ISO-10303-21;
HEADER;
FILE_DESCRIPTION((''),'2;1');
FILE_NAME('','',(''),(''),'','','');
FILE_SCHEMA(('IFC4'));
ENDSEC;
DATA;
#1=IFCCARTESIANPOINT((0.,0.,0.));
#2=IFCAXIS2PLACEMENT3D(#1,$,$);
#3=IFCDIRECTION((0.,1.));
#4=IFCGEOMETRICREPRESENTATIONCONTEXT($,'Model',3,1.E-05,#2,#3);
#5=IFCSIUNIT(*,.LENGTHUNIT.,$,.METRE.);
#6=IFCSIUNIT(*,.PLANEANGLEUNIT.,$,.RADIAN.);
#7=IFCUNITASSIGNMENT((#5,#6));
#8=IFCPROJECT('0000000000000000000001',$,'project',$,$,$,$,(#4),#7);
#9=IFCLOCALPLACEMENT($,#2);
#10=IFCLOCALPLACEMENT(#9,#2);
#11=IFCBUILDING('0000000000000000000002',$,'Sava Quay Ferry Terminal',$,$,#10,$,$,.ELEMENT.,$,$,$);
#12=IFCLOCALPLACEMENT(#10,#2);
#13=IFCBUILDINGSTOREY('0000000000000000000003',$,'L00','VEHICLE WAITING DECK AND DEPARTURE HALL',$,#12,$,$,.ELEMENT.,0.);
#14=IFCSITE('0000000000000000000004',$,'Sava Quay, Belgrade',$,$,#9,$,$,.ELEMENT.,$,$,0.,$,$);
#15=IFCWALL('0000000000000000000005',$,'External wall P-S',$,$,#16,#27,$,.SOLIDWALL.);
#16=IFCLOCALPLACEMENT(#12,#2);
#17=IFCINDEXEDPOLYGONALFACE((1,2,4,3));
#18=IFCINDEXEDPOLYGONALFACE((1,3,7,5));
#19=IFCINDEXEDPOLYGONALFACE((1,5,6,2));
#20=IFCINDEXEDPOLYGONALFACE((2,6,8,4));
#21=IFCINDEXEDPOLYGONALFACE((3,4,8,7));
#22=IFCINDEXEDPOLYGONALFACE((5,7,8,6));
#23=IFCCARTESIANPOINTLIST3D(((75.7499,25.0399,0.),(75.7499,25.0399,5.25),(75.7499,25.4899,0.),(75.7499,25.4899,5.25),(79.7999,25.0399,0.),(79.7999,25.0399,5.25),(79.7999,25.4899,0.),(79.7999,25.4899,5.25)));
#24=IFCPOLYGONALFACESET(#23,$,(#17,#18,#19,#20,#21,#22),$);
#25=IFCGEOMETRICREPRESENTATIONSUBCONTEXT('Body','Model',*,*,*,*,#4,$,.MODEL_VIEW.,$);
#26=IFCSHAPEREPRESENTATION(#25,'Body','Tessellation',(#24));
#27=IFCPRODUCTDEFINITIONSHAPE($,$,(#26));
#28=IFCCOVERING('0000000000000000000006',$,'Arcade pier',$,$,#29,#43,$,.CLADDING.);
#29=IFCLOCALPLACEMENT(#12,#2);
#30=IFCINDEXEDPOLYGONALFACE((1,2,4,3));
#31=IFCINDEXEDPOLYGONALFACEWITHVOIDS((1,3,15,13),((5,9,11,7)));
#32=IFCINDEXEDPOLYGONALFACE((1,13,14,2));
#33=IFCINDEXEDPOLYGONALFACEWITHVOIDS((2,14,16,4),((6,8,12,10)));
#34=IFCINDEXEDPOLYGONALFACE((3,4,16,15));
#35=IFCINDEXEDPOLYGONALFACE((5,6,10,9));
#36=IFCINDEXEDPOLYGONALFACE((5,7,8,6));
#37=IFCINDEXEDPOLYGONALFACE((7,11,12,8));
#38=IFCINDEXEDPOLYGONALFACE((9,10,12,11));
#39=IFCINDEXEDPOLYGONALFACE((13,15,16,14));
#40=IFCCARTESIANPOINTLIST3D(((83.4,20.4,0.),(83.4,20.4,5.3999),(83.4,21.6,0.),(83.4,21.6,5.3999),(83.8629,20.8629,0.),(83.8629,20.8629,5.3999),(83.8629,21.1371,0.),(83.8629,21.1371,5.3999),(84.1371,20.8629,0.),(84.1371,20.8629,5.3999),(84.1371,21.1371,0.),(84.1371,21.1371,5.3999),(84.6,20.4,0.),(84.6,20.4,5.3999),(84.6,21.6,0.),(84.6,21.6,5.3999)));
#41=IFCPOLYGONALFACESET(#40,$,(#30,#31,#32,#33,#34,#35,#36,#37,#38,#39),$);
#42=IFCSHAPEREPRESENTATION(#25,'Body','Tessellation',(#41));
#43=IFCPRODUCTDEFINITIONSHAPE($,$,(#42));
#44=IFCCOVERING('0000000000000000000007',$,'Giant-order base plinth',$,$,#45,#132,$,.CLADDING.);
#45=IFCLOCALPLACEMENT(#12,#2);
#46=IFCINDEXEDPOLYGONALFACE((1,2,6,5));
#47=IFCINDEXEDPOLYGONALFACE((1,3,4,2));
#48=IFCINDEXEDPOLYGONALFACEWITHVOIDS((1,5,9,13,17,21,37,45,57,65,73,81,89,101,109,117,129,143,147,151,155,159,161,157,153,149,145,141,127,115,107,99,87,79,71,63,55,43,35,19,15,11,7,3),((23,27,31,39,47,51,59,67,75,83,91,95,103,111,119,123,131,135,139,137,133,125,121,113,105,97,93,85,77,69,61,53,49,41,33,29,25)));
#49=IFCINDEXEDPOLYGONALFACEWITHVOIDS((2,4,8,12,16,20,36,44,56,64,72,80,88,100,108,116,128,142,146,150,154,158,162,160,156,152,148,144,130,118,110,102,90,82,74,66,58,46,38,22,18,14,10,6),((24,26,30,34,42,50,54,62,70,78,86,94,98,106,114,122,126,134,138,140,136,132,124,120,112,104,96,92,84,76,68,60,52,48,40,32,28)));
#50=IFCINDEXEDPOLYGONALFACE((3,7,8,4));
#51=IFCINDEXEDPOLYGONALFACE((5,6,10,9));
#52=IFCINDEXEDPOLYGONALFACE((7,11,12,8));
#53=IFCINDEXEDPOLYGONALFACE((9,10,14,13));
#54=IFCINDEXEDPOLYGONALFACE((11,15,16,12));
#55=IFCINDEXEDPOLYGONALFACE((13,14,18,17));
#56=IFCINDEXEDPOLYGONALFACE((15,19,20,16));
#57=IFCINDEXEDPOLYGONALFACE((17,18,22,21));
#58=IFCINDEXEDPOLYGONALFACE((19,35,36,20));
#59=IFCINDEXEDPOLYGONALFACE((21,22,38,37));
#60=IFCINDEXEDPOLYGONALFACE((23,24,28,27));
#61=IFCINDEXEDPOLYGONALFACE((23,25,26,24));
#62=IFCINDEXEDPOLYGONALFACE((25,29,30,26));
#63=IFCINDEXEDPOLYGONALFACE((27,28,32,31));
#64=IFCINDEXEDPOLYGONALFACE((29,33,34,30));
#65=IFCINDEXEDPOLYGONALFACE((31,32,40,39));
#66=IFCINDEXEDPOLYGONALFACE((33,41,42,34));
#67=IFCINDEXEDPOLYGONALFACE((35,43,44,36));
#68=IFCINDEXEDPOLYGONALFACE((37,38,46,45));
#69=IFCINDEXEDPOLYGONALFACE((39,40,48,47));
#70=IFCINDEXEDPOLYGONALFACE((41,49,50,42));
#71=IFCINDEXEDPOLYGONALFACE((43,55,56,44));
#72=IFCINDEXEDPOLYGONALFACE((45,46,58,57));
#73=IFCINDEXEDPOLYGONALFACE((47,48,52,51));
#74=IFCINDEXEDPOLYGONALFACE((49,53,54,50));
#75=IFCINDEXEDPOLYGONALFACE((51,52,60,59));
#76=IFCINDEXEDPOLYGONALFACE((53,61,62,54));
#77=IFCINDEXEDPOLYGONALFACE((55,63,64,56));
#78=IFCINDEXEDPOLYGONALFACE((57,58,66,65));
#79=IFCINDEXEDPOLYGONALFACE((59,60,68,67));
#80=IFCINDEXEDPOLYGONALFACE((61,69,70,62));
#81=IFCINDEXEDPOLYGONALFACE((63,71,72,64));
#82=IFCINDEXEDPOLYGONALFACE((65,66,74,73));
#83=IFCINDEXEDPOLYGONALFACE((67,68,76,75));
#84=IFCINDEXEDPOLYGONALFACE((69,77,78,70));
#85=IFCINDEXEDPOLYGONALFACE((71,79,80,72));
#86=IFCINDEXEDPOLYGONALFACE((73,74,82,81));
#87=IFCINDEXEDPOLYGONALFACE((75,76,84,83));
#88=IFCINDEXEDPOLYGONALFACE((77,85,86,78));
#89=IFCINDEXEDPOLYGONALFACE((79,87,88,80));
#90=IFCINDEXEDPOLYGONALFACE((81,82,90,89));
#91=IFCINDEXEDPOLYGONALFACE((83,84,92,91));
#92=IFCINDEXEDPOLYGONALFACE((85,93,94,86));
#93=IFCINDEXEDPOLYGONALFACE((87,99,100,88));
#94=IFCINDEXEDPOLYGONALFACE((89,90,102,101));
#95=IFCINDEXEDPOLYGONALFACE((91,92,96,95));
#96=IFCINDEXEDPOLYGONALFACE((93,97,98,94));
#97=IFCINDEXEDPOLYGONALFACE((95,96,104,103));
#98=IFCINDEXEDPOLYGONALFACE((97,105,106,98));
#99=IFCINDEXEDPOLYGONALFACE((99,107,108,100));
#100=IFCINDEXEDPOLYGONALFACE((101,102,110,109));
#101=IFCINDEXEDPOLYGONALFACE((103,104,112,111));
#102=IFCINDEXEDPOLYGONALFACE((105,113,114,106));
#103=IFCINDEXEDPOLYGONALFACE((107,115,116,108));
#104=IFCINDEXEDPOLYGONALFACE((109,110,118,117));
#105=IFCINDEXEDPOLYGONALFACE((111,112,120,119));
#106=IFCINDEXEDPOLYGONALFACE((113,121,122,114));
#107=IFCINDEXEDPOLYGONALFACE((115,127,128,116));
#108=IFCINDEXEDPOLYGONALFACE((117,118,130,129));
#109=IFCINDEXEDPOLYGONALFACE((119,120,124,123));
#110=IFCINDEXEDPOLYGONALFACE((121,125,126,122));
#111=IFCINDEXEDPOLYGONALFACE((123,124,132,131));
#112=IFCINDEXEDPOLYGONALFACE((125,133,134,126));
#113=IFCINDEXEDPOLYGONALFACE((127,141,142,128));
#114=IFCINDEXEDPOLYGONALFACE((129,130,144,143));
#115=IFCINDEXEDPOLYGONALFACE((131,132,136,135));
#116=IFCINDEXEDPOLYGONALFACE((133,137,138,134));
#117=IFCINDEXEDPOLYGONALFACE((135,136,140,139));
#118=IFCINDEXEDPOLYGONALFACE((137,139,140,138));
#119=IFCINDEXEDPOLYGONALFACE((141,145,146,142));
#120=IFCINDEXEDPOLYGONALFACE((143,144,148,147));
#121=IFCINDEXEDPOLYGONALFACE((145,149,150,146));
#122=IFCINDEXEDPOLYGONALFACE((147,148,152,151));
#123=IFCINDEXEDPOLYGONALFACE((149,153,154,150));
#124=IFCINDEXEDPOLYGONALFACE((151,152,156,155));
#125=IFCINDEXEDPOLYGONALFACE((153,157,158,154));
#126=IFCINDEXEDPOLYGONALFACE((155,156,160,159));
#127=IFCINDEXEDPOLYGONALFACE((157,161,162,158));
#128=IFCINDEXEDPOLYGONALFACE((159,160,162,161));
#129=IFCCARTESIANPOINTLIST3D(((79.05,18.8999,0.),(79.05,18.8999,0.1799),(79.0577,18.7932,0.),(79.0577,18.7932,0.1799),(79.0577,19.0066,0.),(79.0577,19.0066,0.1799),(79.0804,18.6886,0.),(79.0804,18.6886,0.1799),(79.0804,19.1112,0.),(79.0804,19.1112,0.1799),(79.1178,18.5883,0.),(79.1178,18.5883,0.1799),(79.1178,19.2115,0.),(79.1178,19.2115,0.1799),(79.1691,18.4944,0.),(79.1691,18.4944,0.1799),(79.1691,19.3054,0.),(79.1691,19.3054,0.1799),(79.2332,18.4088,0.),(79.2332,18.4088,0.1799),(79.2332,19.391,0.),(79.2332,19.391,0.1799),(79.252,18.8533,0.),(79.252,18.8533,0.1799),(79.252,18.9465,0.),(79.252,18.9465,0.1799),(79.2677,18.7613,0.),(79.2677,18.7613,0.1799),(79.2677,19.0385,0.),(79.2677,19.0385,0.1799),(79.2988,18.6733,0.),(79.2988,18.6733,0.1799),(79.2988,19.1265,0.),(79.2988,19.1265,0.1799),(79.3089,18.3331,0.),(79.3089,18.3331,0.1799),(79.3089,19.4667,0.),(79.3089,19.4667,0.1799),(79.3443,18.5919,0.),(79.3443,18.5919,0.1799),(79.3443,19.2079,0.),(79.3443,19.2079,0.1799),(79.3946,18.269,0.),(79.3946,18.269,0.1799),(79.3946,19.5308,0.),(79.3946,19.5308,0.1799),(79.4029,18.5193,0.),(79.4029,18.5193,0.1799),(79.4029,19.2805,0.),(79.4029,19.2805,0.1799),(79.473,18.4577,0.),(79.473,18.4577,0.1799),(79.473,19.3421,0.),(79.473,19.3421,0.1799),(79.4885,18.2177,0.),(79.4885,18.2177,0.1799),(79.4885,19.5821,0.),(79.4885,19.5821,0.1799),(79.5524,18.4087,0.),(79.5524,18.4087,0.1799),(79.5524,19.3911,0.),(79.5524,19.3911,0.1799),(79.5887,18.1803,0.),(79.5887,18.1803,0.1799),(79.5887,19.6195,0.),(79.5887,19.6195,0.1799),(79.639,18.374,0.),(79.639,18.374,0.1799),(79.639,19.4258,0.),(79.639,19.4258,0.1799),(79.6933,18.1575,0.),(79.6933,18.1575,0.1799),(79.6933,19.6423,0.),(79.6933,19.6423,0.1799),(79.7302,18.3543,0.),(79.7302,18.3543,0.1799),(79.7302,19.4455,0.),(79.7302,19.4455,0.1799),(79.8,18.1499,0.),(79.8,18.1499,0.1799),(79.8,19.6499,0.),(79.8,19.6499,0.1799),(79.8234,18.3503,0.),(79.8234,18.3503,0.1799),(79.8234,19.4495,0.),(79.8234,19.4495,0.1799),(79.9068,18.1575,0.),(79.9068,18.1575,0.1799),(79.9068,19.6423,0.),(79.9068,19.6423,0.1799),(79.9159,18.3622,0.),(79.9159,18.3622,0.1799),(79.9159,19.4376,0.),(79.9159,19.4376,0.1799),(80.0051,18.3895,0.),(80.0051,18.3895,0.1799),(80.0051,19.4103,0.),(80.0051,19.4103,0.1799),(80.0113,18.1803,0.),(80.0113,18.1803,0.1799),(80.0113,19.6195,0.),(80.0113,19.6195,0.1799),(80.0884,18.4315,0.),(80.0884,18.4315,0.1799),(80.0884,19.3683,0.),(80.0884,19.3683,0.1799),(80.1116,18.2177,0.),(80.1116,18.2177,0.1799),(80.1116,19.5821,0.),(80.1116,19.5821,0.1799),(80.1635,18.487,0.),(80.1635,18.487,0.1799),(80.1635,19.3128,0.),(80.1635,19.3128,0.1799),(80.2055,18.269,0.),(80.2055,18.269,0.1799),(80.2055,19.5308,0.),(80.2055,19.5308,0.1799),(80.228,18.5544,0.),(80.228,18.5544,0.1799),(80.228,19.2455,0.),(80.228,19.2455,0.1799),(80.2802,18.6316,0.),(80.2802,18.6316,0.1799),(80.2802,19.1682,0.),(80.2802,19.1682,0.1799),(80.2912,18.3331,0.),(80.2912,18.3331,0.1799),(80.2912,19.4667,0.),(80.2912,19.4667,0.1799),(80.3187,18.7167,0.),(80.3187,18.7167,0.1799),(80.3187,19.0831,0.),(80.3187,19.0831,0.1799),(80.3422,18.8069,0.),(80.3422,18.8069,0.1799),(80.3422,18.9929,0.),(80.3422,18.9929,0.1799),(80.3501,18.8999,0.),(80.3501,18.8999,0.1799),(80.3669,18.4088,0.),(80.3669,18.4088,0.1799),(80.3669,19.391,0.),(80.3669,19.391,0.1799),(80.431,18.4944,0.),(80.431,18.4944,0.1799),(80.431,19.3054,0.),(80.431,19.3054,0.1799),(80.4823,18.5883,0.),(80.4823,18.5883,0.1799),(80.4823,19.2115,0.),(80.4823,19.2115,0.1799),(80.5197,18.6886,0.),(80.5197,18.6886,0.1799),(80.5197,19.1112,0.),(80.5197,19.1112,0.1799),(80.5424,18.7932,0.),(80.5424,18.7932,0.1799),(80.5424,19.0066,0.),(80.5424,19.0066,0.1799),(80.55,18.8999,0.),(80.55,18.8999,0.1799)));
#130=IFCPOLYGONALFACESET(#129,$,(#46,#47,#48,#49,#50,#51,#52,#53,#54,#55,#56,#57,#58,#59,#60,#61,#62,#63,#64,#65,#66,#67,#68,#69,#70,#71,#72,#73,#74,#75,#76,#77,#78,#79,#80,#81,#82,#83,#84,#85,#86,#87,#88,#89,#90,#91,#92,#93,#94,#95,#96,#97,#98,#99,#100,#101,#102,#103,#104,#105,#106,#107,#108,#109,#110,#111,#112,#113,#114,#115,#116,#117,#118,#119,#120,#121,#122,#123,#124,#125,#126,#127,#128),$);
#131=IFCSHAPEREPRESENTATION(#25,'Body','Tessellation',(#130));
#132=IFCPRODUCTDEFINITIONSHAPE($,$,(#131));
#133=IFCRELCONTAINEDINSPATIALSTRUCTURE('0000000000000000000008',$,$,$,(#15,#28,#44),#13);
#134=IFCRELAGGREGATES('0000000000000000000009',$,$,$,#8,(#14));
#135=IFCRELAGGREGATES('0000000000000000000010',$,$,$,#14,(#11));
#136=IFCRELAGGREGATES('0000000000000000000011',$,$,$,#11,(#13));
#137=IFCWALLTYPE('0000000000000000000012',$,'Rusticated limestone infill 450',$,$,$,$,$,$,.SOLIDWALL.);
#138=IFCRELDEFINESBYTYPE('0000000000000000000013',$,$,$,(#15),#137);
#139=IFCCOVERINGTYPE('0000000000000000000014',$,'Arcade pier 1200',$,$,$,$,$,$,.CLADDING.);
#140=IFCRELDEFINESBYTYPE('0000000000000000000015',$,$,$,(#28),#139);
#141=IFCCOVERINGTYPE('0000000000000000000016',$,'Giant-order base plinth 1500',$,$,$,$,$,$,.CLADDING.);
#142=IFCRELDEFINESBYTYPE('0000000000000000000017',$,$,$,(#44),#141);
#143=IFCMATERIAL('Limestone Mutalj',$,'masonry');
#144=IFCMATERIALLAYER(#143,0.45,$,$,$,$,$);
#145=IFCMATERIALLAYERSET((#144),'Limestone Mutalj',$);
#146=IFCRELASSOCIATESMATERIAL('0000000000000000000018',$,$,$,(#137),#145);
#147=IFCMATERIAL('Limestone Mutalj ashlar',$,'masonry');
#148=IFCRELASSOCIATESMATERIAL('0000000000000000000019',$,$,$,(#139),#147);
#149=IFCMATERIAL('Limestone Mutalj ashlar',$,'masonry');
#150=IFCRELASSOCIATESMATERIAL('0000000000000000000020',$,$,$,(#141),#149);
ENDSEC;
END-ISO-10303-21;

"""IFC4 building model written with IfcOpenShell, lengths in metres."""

from ifc_helpers import new_model, si_unit, direction, frame, frame_2d, origin, origin_2d, place, context, subcontext, project, spatial, rectangle, hollow_rectangle, hollow_circle, extrude, material, layer, layer_set, material_profile, profile_set, type_object, element, save


model = new_model("IFC4")

# Units and contexts
model_context = context("Model", 3, precision=1e-05, world=origin(), true_north=direction((0.0, 1.0)))
body_context = subcontext(model_context, "Body", "Model", "MODEL_VIEW")
ifc_project = project(units=[si_unit("LENGTHUNIT", "METRE"), si_unit("PLANEANGLEUNIT", "RADIAN")], contexts=[model_context])

# Site, building, storey
site_placement = place(None, origin())
site = spatial("IfcSite", under=ifc_project, at=site_placement, Name="Sava Quay, Belgrade", CompositionType="ELEMENT", RefElevation=0.0)
building_placement = place(site_placement, origin())
building = spatial("IfcBuilding", under=site, at=building_placement, Name="Sava Quay Ferry Terminal", CompositionType="ELEMENT")
storey_placement = place(building_placement, origin())
storey = spatial("IfcBuildingStorey", under=building, at=storey_placement, Name="L00", Description="VEHICLE WAITING DECK AND DEPARTURE HALL", CompositionType="ELEMENT", Elevation=0.0)

# Wall
ifc_material_1 = material(Name="Limestone Mutalj", Category="masonry")
ifc_layer_1 = layer(ifc_material_1, 0.45)
ifc_layer_set_1 = layer_set([ifc_layer_1], Name="Limestone Mutalj")
wall_type_1 = type_object("IfcWallType", Name="Rusticated limestone infill 450", PredefinedType="SOLIDWALL", material=ifc_layer_set_1)
wall_1_placement = place(storey_placement, frame((75.75, 25.2649, 0.0), z_axis=(0.0, 0.0, 1.0), x_axis=(1.0, 0.0, 0.0)))
element("IfcWall", 1, at=wall_1_placement, inside=storey, type_object=wall_type_1, Name="External wall P-S", PredefinedType="SOLIDWALL", context=body_context, shape_type="SweptSolid", body=[
    extrude(rectangle(XDim=4.05, YDim=0.45, at=frame_2d((2.0249, 0.0))), origin(), (0.0, 0.0, 1.0), 5.25),
])

# Coverings
ifc_material_2 = material(Name="Limestone Mutalj ashlar", Category="masonry")
ifc_material_profile_1 = material_profile(ifc_material_2, hollow_rectangle(XDim=1.2, YDim=1.2, WallThickness=0.4629, at=origin_2d()), Name="Arcade pier 1200")
ifc_profile_set_1 = profile_set([ifc_material_profile_1], Name="Limestone Mutalj ashlar")
covering_type_1 = type_object("IfcCoveringType", Name="Arcade pier 1200", PredefinedType="CLADDING", material=ifc_profile_set_1)
covering_1_placement = place(storey_placement, frame((84.0, 21.0, 0.0), z_axis=(0.0, 0.0, 1.0), x_axis=(1.0, 0.0, 0.0)))
element("IfcCovering", 2, at=covering_1_placement, inside=storey, type_object=covering_type_1, Name="Arcade pier", PredefinedType="CLADDING", context=body_context, shape_type="SweptSolid", body=[
    extrude(hollow_rectangle(XDim=1.2, YDim=1.2, WallThickness=0.4629, at=origin_2d()), origin(), (0.0, 0.0, 1.0), 5.3999),
])
ifc_material_3 = material(Name="Limestone Mutalj ashlar", Category="masonry")
ifc_material_profile_2 = material_profile(ifc_material_3, hollow_circle(Radius=0.75, WallThickness=0.2, at=origin_2d()), Name="Base plinth 1500")
ifc_profile_set_2 = profile_set([ifc_material_profile_2], Name="Limestone Mutalj ashlar")
covering_type_2 = type_object("IfcCoveringType", Name="Giant-order base plinth 1500", PredefinedType="CLADDING", material=ifc_profile_set_2)
for number, where, z_axis, x_axis, name in (
    (3, (79.8, 18.8999, 0.0), (0.0, 0.0, 1.0), (1.0, 0.0, 0.0), "Giant-order base plinth"),
):
    element("IfcCovering", number, at=place(storey_placement, frame(where, z_axis=z_axis, x_axis=x_axis)), inside=storey, type_object=covering_type_2, Name=name, PredefinedType="CLADDING", context=body_context, shape_type="SweptSolid", body=[
        extrude(hollow_circle(Radius=0.75, WallThickness=0.2, at=origin_2d()), origin(), (0.0, 0.0, 1.0), 0.1799),
    ])

save(model, "model.ifc")
